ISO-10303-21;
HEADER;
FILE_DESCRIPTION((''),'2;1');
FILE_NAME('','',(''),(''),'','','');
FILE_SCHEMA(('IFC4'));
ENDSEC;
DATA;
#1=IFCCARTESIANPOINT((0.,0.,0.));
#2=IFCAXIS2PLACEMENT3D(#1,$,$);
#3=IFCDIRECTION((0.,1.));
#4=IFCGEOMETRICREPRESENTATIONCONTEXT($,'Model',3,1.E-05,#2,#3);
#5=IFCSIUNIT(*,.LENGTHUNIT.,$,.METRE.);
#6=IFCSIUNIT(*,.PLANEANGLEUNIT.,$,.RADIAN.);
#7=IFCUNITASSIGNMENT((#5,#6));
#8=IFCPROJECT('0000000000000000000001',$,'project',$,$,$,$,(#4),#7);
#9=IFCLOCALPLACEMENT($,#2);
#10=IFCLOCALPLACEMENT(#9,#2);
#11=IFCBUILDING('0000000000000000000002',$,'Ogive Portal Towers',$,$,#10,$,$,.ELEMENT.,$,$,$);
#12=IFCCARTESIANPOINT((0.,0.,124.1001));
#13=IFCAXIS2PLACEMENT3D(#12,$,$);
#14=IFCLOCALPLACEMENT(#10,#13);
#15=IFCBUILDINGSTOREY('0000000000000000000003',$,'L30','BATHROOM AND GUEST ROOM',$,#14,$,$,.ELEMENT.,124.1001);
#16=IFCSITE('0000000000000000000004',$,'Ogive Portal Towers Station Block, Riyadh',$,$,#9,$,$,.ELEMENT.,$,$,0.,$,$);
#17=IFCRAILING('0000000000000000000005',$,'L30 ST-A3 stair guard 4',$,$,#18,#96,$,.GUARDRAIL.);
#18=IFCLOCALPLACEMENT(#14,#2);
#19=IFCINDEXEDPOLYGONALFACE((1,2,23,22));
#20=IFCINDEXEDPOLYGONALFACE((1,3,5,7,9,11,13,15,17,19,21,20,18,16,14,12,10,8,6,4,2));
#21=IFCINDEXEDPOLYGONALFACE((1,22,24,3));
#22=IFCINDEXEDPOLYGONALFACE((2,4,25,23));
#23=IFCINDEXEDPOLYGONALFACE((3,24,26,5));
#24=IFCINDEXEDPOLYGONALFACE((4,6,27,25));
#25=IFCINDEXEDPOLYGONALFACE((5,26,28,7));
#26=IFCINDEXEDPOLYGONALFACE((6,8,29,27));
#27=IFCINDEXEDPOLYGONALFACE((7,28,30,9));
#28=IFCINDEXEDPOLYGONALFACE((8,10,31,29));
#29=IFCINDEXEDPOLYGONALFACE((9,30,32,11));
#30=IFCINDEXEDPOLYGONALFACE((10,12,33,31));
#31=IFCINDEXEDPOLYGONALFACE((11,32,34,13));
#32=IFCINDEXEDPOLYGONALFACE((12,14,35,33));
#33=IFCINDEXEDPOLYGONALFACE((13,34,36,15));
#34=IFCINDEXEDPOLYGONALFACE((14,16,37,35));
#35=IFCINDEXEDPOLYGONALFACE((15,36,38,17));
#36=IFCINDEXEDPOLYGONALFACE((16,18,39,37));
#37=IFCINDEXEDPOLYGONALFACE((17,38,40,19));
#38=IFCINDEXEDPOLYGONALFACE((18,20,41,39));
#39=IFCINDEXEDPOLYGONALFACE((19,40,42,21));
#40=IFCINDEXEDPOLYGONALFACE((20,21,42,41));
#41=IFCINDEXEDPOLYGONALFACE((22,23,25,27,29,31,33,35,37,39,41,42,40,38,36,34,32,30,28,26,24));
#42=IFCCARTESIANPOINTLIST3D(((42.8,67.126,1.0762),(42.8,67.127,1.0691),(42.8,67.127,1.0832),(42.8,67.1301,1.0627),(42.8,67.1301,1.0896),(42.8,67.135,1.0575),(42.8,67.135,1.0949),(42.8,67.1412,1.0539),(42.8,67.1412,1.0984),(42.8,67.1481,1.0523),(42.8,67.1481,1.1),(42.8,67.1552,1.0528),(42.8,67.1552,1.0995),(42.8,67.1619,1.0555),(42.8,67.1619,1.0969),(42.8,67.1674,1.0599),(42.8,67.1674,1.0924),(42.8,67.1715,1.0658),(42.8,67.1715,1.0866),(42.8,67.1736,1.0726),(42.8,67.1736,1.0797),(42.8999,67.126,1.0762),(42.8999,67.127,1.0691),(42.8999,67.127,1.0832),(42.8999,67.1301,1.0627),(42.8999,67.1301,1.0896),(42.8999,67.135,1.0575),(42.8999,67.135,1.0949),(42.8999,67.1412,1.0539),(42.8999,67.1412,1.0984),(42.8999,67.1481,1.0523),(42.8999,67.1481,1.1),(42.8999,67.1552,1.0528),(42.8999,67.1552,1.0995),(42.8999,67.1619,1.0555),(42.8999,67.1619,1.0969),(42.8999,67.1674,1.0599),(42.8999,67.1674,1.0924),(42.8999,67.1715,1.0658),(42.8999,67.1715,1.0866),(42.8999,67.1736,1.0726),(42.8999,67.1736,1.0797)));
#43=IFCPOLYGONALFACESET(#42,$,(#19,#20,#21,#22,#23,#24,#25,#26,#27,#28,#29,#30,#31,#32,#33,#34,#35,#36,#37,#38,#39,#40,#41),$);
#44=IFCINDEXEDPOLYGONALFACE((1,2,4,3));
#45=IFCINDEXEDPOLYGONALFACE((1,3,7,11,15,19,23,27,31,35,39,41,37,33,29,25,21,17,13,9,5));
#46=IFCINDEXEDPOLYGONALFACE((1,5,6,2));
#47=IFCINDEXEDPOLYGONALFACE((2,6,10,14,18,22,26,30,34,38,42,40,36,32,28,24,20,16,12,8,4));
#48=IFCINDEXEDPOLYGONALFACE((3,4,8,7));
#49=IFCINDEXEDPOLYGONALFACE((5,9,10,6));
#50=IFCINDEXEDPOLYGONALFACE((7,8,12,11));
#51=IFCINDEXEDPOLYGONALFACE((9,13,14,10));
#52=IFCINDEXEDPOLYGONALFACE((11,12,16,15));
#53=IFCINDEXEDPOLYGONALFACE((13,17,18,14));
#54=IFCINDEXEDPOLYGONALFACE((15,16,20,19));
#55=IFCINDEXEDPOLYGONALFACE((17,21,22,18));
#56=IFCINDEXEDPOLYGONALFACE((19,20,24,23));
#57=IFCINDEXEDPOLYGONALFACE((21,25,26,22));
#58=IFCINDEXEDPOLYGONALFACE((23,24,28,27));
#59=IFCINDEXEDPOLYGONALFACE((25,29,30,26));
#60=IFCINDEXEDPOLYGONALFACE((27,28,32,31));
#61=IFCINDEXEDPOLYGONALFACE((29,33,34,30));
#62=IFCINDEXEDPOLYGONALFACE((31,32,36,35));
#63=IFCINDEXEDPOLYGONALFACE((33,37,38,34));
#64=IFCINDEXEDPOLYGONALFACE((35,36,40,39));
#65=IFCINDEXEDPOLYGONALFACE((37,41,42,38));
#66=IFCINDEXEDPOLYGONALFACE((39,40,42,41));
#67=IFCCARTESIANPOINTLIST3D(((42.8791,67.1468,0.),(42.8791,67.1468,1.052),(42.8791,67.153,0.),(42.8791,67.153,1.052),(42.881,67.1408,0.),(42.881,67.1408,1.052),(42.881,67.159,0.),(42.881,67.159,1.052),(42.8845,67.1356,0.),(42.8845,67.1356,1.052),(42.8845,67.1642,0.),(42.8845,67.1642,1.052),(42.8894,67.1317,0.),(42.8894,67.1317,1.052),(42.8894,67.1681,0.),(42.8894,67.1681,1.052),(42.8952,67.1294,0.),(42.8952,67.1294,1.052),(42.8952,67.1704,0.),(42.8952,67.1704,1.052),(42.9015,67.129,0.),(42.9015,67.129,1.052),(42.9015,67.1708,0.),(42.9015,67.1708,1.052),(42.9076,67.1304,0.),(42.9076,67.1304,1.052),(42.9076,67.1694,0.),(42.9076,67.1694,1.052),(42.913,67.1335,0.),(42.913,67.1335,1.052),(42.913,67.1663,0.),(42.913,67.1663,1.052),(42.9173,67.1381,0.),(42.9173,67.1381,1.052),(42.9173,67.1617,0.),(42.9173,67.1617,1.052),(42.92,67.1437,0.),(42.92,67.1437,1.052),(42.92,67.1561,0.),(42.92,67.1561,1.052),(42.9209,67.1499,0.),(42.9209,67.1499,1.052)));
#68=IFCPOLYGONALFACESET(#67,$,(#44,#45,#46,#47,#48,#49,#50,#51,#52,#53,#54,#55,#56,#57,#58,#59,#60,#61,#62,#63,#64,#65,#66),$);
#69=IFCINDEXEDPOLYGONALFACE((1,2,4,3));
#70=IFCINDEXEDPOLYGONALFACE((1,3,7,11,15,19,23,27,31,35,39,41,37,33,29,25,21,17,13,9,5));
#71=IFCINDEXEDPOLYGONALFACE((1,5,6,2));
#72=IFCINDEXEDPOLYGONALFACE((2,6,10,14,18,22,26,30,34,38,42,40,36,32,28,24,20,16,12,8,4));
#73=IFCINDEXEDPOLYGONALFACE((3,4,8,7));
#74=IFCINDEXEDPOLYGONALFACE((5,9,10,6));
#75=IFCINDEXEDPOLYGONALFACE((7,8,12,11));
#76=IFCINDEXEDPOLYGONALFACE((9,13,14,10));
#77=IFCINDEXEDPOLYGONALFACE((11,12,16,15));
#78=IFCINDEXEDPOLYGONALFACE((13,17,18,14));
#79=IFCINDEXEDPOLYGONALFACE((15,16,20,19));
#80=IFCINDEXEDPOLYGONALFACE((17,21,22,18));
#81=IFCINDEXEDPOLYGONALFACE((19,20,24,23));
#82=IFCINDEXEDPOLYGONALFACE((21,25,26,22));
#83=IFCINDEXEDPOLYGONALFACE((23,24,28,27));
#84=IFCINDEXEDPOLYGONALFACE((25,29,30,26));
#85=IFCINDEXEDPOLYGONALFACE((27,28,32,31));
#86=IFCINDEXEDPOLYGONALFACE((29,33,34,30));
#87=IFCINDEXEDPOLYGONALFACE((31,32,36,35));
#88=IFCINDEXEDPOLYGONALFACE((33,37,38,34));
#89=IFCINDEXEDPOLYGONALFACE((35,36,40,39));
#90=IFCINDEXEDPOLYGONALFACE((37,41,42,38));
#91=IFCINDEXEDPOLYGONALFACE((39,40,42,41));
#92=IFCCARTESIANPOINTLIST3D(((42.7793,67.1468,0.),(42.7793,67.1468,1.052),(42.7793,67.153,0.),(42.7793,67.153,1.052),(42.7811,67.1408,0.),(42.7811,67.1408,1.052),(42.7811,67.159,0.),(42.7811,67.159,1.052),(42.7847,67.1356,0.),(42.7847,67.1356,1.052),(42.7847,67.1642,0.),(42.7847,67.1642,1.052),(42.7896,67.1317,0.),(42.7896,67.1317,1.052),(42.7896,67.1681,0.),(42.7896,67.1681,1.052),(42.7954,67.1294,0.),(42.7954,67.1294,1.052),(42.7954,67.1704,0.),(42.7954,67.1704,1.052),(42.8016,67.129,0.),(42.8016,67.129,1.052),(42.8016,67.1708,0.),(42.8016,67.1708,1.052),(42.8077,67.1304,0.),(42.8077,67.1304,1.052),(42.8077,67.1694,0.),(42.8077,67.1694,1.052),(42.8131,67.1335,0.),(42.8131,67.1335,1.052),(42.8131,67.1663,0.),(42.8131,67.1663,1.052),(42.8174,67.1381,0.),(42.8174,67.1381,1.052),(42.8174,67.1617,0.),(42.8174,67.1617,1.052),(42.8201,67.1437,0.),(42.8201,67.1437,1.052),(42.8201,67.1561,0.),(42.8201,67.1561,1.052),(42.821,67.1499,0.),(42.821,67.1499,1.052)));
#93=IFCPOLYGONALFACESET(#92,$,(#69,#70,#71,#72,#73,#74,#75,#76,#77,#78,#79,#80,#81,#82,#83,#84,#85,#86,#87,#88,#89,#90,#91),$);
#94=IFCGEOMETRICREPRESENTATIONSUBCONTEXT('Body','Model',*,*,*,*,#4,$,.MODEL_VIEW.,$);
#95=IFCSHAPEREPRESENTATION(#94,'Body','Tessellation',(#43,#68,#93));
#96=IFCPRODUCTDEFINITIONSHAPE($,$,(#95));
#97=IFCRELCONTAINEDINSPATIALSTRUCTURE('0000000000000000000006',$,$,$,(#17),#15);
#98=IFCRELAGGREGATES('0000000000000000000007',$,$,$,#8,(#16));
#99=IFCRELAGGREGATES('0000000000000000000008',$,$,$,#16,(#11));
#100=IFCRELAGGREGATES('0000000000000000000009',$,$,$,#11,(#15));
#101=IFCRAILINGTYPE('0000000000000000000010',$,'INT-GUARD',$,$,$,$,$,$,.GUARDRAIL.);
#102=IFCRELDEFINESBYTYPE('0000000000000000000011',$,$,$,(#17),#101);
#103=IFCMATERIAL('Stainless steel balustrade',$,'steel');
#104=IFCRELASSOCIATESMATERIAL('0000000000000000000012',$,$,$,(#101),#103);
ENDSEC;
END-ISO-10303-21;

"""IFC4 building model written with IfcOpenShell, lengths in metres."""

from ifc_helpers import new_model, si_unit, direction, frame, origin, origin_2d, place, context, subcontext, project, spatial, circle, extrude, material, type_object, element, save


model = new_model("IFC4")

# Units and contexts
model_context = context("Model", 3, precision=1e-05, world=origin(), true_north=direction((0.0, 1.0)))
body_context = subcontext(model_context, "Body", "Model", "MODEL_VIEW")
ifc_project = project(units=[si_unit("LENGTHUNIT", "METRE"), si_unit("PLANEANGLEUNIT", "RADIAN")], contexts=[model_context])

# Site, building, storey
site_placement = place(None, origin())
site = spatial("IfcSite", under=ifc_project, at=site_placement, Name="Ogive Portal Towers Station Block, Riyadh", CompositionType="ELEMENT", RefElevation=0.0)
building_placement = place(site_placement, origin())
building = spatial("IfcBuilding", under=site, at=building_placement, Name="Ogive Portal Towers", CompositionType="ELEMENT")
storey_placement = place(building_placement, frame((0.0, 0.0, 124.1001)))
storey = spatial("IfcBuildingStorey", under=building, at=storey_placement, Name="L30", Description="BATHROOM AND GUEST ROOM", CompositionType="ELEMENT", Elevation=124.1001)

# Railing
ifc_material_1 = material(Name="Stainless steel balustrade", Category="steel")
railing_type_1 = type_object("IfcRailingType", Name="INT-GUARD", PredefinedType="GUARDRAIL", material=ifc_material_1)
railing_1_placement = place(storey_placement, frame((42.8999, 67.1499, 0.0)))
element("IfcRailing", 1, at=railing_1_placement, inside=storey, type_object=railing_type_1, Name="L30 ST-A3 stair guard 4", PredefinedType="GUARDRAIL", context=body_context, shape_type="SweptSolid", body=[
    extrude(circle(Radius=0.0239, at=origin_2d()), frame((0.0, 0.0, 1.0762), z_axis=(-1.0, 0.0, 0.0), x_axis=(0.0, -1.0, 0.0)), (0.0, 0.0, 1.0), 0.0999),
    extrude(circle(Radius=0.021, at=origin_2d()), origin(), (0.0, 0.0, 1.0), 1.052),
    extrude(circle(Radius=0.021, at=origin_2d()), frame((-0.0999, 0.0, 0.0)), (0.0, 0.0, 1.0), 1.052),
])

save(model, "model.ifc")
